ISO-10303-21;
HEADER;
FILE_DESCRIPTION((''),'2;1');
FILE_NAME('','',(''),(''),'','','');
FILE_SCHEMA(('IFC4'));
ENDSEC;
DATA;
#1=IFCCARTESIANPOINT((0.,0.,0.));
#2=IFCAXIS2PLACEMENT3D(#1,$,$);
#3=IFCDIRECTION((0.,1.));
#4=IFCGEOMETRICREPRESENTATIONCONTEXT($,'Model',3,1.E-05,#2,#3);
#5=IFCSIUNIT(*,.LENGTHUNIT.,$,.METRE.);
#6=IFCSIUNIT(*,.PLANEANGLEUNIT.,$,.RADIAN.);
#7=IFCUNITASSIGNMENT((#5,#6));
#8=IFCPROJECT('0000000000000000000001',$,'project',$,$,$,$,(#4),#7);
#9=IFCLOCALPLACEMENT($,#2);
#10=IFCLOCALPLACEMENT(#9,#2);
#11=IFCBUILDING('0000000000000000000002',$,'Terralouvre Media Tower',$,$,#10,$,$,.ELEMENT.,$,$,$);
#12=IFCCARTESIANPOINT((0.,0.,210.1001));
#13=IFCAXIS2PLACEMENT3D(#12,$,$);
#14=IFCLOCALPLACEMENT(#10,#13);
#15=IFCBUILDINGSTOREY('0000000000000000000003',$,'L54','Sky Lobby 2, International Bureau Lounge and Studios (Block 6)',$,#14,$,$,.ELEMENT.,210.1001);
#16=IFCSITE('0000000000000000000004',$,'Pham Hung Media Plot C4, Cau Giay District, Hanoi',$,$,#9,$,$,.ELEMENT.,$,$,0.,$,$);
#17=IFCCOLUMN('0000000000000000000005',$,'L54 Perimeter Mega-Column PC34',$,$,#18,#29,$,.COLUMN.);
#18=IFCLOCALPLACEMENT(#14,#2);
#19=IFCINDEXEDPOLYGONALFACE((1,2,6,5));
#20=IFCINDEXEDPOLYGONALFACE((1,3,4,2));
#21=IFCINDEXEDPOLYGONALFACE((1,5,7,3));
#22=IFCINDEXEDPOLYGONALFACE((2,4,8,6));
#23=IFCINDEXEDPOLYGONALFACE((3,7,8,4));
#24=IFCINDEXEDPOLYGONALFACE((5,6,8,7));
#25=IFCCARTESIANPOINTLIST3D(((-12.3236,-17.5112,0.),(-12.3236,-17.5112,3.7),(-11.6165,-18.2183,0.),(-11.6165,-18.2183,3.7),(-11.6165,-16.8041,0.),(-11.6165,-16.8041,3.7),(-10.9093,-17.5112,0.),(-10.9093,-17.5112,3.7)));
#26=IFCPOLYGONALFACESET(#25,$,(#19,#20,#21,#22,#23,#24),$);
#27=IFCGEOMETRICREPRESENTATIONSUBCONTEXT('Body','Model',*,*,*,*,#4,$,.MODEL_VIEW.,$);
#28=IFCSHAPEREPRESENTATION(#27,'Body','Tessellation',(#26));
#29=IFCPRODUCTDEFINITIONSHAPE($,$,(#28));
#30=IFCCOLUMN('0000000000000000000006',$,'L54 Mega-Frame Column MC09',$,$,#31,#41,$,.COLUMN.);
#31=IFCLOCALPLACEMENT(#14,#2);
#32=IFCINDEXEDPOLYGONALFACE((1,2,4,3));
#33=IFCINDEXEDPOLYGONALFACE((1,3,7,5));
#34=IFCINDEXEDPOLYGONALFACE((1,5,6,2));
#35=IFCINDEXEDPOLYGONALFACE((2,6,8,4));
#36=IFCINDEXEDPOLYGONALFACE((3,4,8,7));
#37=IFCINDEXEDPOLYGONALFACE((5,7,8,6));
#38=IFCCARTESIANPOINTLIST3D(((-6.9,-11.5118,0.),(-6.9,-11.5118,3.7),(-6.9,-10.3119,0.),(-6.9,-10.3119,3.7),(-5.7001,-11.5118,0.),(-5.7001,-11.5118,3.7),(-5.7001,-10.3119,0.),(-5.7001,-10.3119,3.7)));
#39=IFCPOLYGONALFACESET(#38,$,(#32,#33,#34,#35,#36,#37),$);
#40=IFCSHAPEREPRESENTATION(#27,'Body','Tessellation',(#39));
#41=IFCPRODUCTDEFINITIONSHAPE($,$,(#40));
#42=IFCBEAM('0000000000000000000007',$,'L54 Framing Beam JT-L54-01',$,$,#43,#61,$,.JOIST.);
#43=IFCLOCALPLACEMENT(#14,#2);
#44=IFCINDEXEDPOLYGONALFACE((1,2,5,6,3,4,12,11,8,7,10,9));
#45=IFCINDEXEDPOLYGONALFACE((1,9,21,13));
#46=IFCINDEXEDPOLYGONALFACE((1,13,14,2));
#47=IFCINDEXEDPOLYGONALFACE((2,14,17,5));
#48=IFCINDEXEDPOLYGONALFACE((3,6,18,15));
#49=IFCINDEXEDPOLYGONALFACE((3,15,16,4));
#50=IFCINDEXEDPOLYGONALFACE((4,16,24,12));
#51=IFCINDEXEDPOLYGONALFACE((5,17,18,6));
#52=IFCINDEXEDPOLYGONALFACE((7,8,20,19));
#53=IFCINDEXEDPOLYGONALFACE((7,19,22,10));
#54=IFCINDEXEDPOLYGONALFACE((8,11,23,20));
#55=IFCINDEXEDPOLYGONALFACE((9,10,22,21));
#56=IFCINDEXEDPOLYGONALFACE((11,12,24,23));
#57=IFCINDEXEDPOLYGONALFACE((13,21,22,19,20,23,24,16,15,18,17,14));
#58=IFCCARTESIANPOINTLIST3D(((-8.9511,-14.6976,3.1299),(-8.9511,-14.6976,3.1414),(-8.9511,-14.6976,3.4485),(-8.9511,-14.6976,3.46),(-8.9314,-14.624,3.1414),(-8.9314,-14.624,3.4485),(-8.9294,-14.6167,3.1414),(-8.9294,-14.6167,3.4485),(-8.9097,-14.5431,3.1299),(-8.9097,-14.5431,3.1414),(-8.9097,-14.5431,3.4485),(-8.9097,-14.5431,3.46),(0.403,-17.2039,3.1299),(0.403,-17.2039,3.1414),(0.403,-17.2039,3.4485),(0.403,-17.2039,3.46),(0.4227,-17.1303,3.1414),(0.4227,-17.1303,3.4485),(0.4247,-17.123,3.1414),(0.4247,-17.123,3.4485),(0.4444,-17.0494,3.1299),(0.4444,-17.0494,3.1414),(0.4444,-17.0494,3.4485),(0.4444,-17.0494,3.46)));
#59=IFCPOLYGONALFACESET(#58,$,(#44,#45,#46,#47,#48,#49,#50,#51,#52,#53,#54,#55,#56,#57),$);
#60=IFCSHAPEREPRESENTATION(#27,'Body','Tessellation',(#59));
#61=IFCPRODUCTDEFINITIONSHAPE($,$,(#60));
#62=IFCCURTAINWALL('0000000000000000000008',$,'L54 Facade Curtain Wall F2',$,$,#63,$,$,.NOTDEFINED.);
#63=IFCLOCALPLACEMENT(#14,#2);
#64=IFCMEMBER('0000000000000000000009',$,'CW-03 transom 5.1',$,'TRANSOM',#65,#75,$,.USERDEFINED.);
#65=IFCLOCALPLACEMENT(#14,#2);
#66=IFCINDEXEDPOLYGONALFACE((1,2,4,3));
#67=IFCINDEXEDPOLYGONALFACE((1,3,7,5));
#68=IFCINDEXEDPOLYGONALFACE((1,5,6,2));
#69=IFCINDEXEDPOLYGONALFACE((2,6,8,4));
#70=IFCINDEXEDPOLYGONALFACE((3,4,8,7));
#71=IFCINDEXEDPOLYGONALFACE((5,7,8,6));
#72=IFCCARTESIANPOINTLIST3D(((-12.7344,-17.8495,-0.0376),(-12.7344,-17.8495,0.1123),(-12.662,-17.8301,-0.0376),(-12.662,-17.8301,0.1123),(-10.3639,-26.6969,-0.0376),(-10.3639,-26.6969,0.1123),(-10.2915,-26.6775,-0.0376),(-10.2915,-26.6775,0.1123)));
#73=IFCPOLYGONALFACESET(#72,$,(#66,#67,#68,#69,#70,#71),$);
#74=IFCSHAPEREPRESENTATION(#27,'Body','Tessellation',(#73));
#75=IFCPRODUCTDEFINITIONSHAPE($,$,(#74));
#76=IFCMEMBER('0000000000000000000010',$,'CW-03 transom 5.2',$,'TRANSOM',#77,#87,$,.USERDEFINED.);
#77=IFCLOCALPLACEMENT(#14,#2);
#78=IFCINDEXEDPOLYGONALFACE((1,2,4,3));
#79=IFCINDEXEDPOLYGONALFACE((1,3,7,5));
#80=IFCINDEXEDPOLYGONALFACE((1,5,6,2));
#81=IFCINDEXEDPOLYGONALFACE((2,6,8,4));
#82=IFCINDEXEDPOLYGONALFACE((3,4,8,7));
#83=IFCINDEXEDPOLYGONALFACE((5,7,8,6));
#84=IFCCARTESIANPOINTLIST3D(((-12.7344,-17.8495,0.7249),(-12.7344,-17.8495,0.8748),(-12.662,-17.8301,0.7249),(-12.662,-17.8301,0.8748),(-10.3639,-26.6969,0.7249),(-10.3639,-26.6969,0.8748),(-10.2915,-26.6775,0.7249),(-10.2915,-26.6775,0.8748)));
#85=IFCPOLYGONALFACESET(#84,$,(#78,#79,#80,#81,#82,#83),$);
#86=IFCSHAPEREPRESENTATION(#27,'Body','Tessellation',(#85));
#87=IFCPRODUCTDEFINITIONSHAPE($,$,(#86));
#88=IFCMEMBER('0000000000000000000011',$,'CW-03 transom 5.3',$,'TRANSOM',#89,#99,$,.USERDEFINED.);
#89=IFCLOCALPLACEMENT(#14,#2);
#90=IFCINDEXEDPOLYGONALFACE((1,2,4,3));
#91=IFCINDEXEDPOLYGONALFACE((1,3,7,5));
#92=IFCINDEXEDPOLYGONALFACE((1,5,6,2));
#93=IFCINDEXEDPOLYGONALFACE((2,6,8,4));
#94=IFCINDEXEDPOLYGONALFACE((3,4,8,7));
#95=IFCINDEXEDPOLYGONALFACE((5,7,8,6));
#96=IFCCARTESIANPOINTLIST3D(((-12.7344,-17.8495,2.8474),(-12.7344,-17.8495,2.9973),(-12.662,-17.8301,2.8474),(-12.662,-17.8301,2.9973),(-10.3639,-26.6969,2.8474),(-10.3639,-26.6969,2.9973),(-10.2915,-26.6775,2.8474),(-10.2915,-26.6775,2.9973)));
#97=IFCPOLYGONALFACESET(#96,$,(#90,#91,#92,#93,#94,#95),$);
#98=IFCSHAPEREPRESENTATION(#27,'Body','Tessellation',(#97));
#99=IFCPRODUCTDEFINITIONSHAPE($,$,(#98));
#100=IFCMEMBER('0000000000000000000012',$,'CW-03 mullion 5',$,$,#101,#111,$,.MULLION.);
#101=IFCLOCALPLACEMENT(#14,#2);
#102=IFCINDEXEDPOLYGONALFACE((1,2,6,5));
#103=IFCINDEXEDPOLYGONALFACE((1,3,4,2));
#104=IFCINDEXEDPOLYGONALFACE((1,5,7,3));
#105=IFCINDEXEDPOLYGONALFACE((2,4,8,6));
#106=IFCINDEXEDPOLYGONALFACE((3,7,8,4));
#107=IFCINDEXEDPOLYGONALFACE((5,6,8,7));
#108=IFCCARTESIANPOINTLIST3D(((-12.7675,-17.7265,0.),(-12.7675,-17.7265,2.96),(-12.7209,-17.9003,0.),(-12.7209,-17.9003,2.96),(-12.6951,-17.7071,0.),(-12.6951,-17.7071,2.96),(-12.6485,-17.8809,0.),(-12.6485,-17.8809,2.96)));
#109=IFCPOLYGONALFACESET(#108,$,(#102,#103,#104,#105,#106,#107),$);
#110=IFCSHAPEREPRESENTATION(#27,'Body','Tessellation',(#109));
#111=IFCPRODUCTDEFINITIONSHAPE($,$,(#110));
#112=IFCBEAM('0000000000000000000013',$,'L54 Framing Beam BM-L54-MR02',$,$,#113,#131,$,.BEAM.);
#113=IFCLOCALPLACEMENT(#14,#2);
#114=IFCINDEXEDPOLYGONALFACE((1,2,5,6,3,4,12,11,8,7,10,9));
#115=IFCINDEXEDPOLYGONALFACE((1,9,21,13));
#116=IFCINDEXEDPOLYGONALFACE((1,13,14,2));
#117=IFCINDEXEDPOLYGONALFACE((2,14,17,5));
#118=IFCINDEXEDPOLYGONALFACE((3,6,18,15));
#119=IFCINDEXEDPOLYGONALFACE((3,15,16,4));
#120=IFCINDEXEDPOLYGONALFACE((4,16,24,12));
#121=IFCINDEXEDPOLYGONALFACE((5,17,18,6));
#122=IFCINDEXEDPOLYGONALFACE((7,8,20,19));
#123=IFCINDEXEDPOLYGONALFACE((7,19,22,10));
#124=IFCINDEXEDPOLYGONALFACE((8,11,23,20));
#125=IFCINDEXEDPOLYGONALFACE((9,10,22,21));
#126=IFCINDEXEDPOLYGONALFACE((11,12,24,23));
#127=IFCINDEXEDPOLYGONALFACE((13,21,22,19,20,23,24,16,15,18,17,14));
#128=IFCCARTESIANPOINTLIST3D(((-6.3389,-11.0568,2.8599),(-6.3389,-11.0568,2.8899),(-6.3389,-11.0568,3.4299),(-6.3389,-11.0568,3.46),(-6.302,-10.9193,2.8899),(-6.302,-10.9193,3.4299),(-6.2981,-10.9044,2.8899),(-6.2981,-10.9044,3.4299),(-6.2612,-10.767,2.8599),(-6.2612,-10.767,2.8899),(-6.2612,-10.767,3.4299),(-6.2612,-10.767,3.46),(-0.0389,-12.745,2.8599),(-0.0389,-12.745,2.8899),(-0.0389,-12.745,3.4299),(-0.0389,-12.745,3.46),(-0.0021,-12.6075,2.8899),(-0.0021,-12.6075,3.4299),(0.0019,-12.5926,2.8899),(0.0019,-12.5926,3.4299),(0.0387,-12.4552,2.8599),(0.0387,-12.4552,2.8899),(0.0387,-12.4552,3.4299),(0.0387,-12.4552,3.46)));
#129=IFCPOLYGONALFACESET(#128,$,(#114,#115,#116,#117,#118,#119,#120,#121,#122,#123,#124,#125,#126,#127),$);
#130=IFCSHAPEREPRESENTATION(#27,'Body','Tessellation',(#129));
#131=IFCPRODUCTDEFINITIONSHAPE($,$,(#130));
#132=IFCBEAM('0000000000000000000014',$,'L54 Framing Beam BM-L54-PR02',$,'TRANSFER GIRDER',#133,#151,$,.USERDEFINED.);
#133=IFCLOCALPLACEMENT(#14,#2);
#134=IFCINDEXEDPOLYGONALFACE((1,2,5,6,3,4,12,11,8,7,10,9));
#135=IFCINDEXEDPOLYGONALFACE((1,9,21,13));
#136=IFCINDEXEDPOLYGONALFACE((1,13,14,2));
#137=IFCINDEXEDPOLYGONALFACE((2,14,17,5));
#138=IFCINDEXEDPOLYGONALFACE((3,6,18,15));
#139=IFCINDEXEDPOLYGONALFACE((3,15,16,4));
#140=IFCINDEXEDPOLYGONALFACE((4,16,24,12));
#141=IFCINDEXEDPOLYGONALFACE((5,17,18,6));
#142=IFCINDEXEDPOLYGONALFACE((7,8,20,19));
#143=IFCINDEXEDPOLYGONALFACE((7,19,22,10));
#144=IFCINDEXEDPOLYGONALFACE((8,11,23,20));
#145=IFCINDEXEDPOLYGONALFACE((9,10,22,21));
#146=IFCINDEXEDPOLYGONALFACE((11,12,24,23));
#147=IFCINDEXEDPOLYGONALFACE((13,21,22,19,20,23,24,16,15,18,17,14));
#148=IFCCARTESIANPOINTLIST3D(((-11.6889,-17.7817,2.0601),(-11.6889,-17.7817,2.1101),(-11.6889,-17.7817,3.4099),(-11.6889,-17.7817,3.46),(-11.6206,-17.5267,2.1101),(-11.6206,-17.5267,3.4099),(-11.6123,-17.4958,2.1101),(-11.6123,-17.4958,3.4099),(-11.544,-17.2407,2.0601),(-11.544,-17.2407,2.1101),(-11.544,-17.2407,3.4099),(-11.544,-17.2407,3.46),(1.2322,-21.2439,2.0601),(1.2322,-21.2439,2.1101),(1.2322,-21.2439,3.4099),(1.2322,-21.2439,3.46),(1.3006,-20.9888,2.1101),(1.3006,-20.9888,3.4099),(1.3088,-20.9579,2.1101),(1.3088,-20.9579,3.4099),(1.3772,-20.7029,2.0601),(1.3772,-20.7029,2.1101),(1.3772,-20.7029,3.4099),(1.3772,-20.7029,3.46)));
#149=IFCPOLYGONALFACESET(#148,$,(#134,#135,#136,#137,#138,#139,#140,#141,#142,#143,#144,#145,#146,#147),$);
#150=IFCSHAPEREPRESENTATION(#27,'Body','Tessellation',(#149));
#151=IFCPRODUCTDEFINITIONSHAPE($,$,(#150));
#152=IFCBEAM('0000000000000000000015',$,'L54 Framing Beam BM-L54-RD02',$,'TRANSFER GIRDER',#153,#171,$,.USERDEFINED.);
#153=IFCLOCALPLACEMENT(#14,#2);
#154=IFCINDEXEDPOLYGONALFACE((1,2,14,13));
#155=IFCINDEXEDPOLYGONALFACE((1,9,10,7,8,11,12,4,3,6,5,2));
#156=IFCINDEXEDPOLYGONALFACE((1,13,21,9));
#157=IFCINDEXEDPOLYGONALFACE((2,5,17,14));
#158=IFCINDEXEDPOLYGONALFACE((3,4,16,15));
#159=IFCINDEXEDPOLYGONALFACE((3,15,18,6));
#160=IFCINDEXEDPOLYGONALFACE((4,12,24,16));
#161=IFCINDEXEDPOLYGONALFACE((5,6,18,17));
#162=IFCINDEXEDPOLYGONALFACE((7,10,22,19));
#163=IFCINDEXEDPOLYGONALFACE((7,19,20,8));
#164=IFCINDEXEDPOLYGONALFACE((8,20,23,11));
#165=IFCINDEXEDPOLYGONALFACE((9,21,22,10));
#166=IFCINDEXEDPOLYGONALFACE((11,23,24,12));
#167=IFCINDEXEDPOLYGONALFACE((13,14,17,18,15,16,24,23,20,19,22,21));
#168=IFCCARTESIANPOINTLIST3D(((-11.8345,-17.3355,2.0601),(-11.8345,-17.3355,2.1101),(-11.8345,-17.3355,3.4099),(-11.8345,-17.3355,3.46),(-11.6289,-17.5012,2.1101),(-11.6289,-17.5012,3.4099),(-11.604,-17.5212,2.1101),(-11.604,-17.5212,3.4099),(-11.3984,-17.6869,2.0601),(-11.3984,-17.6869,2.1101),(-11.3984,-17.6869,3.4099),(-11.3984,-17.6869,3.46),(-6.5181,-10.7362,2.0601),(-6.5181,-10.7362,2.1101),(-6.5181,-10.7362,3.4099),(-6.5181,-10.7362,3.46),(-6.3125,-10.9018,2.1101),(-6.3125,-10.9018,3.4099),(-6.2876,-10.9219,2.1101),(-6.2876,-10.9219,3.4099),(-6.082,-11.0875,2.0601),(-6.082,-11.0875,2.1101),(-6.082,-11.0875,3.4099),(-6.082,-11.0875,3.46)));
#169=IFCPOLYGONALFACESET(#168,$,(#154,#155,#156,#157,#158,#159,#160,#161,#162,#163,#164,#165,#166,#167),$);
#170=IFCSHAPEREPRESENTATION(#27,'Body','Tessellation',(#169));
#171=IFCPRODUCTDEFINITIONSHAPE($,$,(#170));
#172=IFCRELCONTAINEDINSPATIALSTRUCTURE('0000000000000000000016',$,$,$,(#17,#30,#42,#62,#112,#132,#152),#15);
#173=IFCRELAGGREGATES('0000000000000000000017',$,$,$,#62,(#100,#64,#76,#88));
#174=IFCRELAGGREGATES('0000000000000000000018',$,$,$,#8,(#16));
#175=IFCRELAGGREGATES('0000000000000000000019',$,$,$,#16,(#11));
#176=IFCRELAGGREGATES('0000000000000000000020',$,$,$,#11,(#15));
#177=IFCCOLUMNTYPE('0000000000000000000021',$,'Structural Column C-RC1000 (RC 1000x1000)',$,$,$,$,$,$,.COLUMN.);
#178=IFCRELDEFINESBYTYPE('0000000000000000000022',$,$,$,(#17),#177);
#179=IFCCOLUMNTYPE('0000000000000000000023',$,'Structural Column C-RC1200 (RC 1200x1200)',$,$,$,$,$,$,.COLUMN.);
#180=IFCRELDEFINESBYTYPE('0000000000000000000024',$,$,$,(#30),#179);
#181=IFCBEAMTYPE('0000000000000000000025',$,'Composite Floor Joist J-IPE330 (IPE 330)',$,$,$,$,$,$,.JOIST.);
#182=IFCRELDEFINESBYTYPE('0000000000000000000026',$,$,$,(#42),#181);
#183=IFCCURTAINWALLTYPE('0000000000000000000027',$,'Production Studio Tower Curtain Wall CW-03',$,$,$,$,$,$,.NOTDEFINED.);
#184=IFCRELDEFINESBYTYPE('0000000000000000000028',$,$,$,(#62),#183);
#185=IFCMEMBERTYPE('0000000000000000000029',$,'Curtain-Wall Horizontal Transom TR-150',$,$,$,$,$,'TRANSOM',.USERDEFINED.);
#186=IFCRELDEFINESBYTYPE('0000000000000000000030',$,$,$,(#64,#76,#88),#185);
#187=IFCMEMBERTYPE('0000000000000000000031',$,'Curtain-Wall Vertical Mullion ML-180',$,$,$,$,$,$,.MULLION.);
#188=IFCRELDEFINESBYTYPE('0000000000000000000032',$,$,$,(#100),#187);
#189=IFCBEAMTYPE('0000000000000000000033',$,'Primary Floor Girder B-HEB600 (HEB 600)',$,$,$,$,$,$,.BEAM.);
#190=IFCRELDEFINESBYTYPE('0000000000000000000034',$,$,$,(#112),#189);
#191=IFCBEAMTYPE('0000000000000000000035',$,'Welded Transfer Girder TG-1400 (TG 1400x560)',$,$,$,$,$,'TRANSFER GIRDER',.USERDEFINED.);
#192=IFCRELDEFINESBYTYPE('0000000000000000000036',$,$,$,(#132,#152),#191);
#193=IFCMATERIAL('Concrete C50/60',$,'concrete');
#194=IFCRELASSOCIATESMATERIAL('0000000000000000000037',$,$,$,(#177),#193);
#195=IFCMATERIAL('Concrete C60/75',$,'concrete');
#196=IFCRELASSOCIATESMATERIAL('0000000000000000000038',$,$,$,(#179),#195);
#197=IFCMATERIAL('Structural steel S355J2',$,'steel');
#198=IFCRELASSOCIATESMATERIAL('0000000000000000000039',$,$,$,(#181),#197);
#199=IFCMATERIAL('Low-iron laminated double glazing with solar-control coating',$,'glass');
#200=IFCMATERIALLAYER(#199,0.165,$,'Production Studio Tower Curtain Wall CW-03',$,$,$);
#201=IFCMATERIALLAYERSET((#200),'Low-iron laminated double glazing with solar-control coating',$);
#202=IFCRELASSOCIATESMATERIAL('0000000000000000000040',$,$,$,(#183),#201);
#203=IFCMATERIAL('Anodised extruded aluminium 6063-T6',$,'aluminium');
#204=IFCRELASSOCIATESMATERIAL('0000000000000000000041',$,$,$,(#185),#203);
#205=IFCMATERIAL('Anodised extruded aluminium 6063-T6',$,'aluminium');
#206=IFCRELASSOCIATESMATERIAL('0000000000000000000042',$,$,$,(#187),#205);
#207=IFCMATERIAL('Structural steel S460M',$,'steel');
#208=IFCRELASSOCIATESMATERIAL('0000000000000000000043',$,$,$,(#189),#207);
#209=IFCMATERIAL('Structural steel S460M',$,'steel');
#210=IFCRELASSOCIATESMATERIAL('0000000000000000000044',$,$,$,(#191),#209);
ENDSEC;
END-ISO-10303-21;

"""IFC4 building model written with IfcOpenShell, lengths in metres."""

from ifc_helpers import new_model, si_unit, direction, frame, origin, origin_2d, place, context, subcontext, project, spatial, rectangle, i_section, extrude, material, layer, layer_set, material_profile, profile_set, type_object, element, aggregate, save


model = new_model("IFC4")

# Units and contexts
model_context = context("Model", 3, precision=1e-05, world=origin(), true_north=direction((0.0, 1.0)))
body_context = subcontext(model_context, "Body", "Model", "MODEL_VIEW")
ifc_project = project(units=[si_unit("LENGTHUNIT", "METRE"), si_unit("PLANEANGLEUNIT", "RADIAN")], contexts=[model_context])

# Site, building, storey
site_placement = place(None, origin())
site = spatial("IfcSite", under=ifc_project, at=site_placement, Name="Pham Hung Media Plot C4, Cau Giay District, Hanoi", CompositionType="ELEMENT", RefElevation=0.0)
building_placement = place(site_placement, origin())
building = spatial("IfcBuilding", under=site, at=building_placement, Name="Terralouvre Media Tower", CompositionType="ELEMENT")
storey_placement = place(building_placement, frame((0.0, 0.0, 210.1001)))
storey = spatial("IfcBuildingStorey", under=building, at=storey_placement, Name="L54", Description="Sky Lobby 2, International Bureau Lounge and Studios (Block 6)", CompositionType="ELEMENT", Elevation=210.1001)

# Columns
ifc_material_1 = material(Name="Concrete C50/60", Category="concrete")
ifc_material_profile_1 = material_profile(ifc_material_1, rectangle(XDim=1.0, YDim=1.0, at=origin_2d()), Name="RC 1000x1000")
ifc_profile_set_1 = profile_set([ifc_material_profile_1], Name="Concrete C50/60")
column_type_1 = type_object("IfcColumnType", Name="Structural Column C-RC1000 (RC 1000x1000)", PredefinedType="COLUMN", material=ifc_profile_set_1)
column_1_placement = place(storey_placement, frame((-11.6165, -17.5112, 0.0), z_axis=(0.0, 0.0, 1.0), x_axis=(0.707107, 0.707107, 0.0)))
element("IfcColumn", 1, at=column_1_placement, inside=storey, type_object=column_type_1, Name="L54 Perimeter Mega-Column PC34", PredefinedType="COLUMN", context=body_context, shape_type="SweptSolid", body=[
    extrude(rectangle(XDim=1.0, YDim=1.0, at=origin_2d()), origin(), (0.0, 0.0, 1.0), 3.7),
])
ifc_material_2 = material(Name="Concrete C60/75", Category="concrete")
ifc_material_profile_2 = material_profile(ifc_material_2, rectangle(XDim=1.2, YDim=1.2, at=origin_2d()), Name="RC 1200x1200")
ifc_profile_set_2 = profile_set([ifc_material_profile_2], Name="Concrete C60/75")
column_type_2 = type_object("IfcColumnType", Name="Structural Column C-RC1200 (RC 1200x1200)", PredefinedType="COLUMN", material=ifc_profile_set_2)
column_2_placement = place(storey_placement, frame((-6.3, -10.9119, 0.0), z_axis=(0.0, 0.0, 1.0), x_axis=(1.0, 0.0, 0.0)))
element("IfcColumn", 2, at=column_2_placement, inside=storey, type_object=column_type_2, Name="L54 Mega-Frame Column MC09", PredefinedType="COLUMN", context=body_context, shape_type="SweptSolid", body=[
    extrude(rectangle(XDim=1.2, YDim=1.2, at=origin_2d()), origin(), (0.0, 0.0, 1.0), 3.7),
])

# Beam
ifc_material_3 = material(Name="Structural steel S355J2", Category="steel")
ifc_material_profile_3 = material_profile(ifc_material_3, i_section(OverallWidth=0.1599, OverallDepth=0.3301, WebThickness=0.0076, FlangeThickness=0.0115, at=origin_2d()), Name="IPE 330")
ifc_profile_set_3 = profile_set([ifc_material_profile_3], Name="Structural steel S355J2")
beam_type_1 = type_object("IfcBeamType", Name="Composite Floor Joist J-IPE330 (IPE 330)", PredefinedType="JOIST", material=ifc_profile_set_3)
beam_1_placement = place(storey_placement, frame((-8.9304, -14.6204, 3.2949), z_axis=(0.965929, -0.258808, 0.0), x_axis=(0.258808, 0.965929, 0.0)))
element("IfcBeam", 3, at=beam_1_placement, inside=storey, type_object=beam_type_1, Name="L54 Framing Beam JT-L54-01", PredefinedType="JOIST", context=body_context, shape_type="SweptSolid", body=[
    extrude(i_section(OverallWidth=0.1599, OverallDepth=0.3301, WebThickness=0.0076, FlangeThickness=0.0115, at=origin_2d()), origin(), (0.0, 0.0, 1.0), 9.6841),
])

# Curtain wall, members
ifc_material_4 = material(Name="Low-iron laminated double glazing with solar-control coating", Category="glass")
ifc_layer_1 = layer(ifc_material_4, 0.165, Name="Production Studio Tower Curtain Wall CW-03")
ifc_layer_set_1 = layer_set([ifc_layer_1], Name="Low-iron laminated double glazing with solar-control coating")
curtain_wall_type = type_object("IfcCurtainWallType", Name="Production Studio Tower Curtain Wall CW-03", PredefinedType="NOTDEFINED", material=ifc_layer_set_1)
curtain_wall_placement = place(storey_placement, origin())
curtain_wall = element("IfcCurtainWall", 4, at=curtain_wall_placement, inside=storey, type_object=curtain_wall_type, Name="L54 Facade Curtain Wall F2", PredefinedType="NOTDEFINED")
ifc_material_5 = material(Name="Anodised extruded aluminium 6063-T6", Category="aluminium")
ifc_material_profile_4 = material_profile(ifc_material_5, rectangle(XDim=0.075, YDim=0.1499, at=origin_2d()), Name="ALU 75x150")
ifc_profile_set_4 = profile_set([ifc_material_profile_4], Name="Anodised extruded aluminium 6063-T6")
member_type_1 = type_object("IfcMemberType", Name="Curtain-Wall Horizontal Transom TR-150", ElementType="TRANSOM", PredefinedType="USERDEFINED", material=ifc_profile_set_4)
member_1_placement = place(storey_placement, frame((-12.6982, -17.8398, 0.0374), z_axis=(0.258814, -0.965927, 0.0), x_axis=(0.965927, 0.258814, 0.0)))
member_1 = element("IfcMember", 5, at=member_1_placement, type_object=member_type_1, Name="CW-03 transom 5.1", ObjectType="TRANSOM", PredefinedType="USERDEFINED", context=body_context, shape_type="SweptSolid", body=[
    extrude(rectangle(XDim=0.075, YDim=0.1499, at=origin_2d()), origin(), (0.0, 0.0, 1.0), 9.1594),
])
member_2_placement = place(storey_placement, frame((-12.6982, -17.8398, 0.7998), z_axis=(0.258814, -0.965927, 0.0), x_axis=(0.965927, 0.258814, 0.0)))
member_2 = element("IfcMember", 6, at=member_2_placement, type_object=member_type_1, Name="CW-03 transom 5.2", ObjectType="TRANSOM", PredefinedType="USERDEFINED", context=body_context, shape_type="SweptSolid", body=[
    extrude(rectangle(XDim=0.075, YDim=0.1499, at=origin_2d()), origin(), (0.0, 0.0, 1.0), 9.1594),
])
member_3_placement = place(storey_placement, frame((-12.6982, -17.8398, 2.9224), z_axis=(0.258814, -0.965927, 0.0), x_axis=(0.965927, 0.258814, 0.0)))
member_3 = element("IfcMember", 7, at=member_3_placement, type_object=member_type_1, Name="CW-03 transom 5.3", ObjectType="TRANSOM", PredefinedType="USERDEFINED", context=body_context, shape_type="SweptSolid", body=[
    extrude(rectangle(XDim=0.075, YDim=0.1499, at=origin_2d()), origin(), (0.0, 0.0, 1.0), 9.1594),
])
ifc_material_6 = material(Name="Anodised extruded aluminium 6063-T6", Category="aluminium")
ifc_material_profile_5 = material_profile(ifc_material_6, rectangle(XDim=0.075, YDim=0.1799, at=origin_2d()), Name="ALU 75x180")
ifc_profile_set_5 = profile_set([ifc_material_profile_5], Name="Anodised extruded aluminium 6063-T6")
member_type_2 = type_object("IfcMemberType", Name="Curtain-Wall Vertical Mullion ML-180", PredefinedType="MULLION", material=ifc_profile_set_5)
member_4_placement = place(storey_placement, frame((-12.708, -17.8037, 0.0), z_axis=(0.0, 0.0, 1.0), x_axis=(0.965926, 0.258819, 0.0)))
member_4 = element("IfcMember", 8, at=member_4_placement, type_object=member_type_2, Name="CW-03 mullion 5", PredefinedType="MULLION", context=body_context, shape_type="SweptSolid", body=[
    extrude(rectangle(XDim=0.075, YDim=0.1799, at=origin_2d()), origin(), (0.0, 0.0, 1.0), 2.96),
])

# Beams
ifc_material_7 = material(Name="Structural steel S460M", Category="steel")
ifc_material_profile_6 = material_profile(ifc_material_7, i_section(OverallWidth=0.3, OverallDepth=0.6001, WebThickness=0.0154, FlangeThickness=0.03, at=origin_2d()), Name="HEB 600")
ifc_profile_set_6 = profile_set([ifc_material_profile_6], Name="Structural steel S460M")
beam_type_2 = type_object("IfcBeamType", Name="Primary Floor Girder B-HEB600 (HEB 600)", PredefinedType="BEAM", material=ifc_profile_set_6)
beam_2_placement = place(storey_placement, frame((-6.3, -10.9119, 3.1599), z_axis=(0.96592, -0.258839, 0.0), x_axis=(0.258839, 0.96592, 0.0)))
element("IfcBeam", 9, at=beam_2_placement, inside=storey, type_object=beam_type_2, Name="L54 Framing Beam BM-L54-MR02", PredefinedType="BEAM", context=body_context, shape_type="SweptSolid", body=[
    extrude(i_section(OverallWidth=0.3, OverallDepth=0.6001, WebThickness=0.0154, FlangeThickness=0.03, at=origin_2d()), origin(), (0.0, 0.0, 1.0), 6.5222),
])
ifc_material_8 = material(Name="Structural steel S460M", Category="steel")
ifc_material_profile_7 = material_profile(ifc_material_8, i_section(OverallWidth=0.5601, OverallDepth=1.3999, WebThickness=0.032, FlangeThickness=0.05, at=origin_2d()), Name="TG 1400x560")
ifc_profile_set_7 = profile_set([ifc_material_profile_7], Name="Structural steel S460M")
beam_type_3 = type_object("IfcBeamType", Name="Welded Transfer Girder TG-1400 (TG 1400x560)", ElementType="TRANSFER GIRDER", PredefinedType="USERDEFINED", material=ifc_profile_set_7)
beam_3_placement = place(storey_placement, frame((-11.6165, -17.5112, 2.76), z_axis=(0.965927, -0.258815, 0.0), x_axis=(0.258815, 0.965927, 0.0)))
element("IfcBeam", 10, at=beam_3_placement, inside=storey, type_object=beam_type_3, Name="L54 Framing Beam BM-L54-PR02", ObjectType="TRANSFER GIRDER", PredefinedType="USERDEFINED", context=body_context, shape_type="SweptSolid", body=[
    extrude(i_section(OverallWidth=0.5601, OverallDepth=1.3999, WebThickness=0.032, FlangeThickness=0.05, at=origin_2d()), origin(), (0.0, 0.0, 1.0), 13.377),
])
beam_4_placement = place(storey_placement, frame((-6.3, -10.9119, 2.76), z_axis=(-0.627347, -0.778739, 0.0), x_axis=(0.778739, -0.627347, 0.0)))
element("IfcBeam", 11, at=beam_4_placement, inside=storey, type_object=beam_type_3, Name="L54 Framing Beam BM-L54-RD02", ObjectType="TRANSFER GIRDER", PredefinedType="USERDEFINED", context=body_context, shape_type="SweptSolid", body=[
    extrude(i_section(OverallWidth=0.5601, OverallDepth=1.3999, WebThickness=0.032, FlangeThickness=0.05, at=origin_2d()), origin(), (0.0, 0.0, 1.0), 8.4744),
])

aggregate(curtain_wall, [member_4, member_1, member_2, member_3])

save(model, "model.ifc")
